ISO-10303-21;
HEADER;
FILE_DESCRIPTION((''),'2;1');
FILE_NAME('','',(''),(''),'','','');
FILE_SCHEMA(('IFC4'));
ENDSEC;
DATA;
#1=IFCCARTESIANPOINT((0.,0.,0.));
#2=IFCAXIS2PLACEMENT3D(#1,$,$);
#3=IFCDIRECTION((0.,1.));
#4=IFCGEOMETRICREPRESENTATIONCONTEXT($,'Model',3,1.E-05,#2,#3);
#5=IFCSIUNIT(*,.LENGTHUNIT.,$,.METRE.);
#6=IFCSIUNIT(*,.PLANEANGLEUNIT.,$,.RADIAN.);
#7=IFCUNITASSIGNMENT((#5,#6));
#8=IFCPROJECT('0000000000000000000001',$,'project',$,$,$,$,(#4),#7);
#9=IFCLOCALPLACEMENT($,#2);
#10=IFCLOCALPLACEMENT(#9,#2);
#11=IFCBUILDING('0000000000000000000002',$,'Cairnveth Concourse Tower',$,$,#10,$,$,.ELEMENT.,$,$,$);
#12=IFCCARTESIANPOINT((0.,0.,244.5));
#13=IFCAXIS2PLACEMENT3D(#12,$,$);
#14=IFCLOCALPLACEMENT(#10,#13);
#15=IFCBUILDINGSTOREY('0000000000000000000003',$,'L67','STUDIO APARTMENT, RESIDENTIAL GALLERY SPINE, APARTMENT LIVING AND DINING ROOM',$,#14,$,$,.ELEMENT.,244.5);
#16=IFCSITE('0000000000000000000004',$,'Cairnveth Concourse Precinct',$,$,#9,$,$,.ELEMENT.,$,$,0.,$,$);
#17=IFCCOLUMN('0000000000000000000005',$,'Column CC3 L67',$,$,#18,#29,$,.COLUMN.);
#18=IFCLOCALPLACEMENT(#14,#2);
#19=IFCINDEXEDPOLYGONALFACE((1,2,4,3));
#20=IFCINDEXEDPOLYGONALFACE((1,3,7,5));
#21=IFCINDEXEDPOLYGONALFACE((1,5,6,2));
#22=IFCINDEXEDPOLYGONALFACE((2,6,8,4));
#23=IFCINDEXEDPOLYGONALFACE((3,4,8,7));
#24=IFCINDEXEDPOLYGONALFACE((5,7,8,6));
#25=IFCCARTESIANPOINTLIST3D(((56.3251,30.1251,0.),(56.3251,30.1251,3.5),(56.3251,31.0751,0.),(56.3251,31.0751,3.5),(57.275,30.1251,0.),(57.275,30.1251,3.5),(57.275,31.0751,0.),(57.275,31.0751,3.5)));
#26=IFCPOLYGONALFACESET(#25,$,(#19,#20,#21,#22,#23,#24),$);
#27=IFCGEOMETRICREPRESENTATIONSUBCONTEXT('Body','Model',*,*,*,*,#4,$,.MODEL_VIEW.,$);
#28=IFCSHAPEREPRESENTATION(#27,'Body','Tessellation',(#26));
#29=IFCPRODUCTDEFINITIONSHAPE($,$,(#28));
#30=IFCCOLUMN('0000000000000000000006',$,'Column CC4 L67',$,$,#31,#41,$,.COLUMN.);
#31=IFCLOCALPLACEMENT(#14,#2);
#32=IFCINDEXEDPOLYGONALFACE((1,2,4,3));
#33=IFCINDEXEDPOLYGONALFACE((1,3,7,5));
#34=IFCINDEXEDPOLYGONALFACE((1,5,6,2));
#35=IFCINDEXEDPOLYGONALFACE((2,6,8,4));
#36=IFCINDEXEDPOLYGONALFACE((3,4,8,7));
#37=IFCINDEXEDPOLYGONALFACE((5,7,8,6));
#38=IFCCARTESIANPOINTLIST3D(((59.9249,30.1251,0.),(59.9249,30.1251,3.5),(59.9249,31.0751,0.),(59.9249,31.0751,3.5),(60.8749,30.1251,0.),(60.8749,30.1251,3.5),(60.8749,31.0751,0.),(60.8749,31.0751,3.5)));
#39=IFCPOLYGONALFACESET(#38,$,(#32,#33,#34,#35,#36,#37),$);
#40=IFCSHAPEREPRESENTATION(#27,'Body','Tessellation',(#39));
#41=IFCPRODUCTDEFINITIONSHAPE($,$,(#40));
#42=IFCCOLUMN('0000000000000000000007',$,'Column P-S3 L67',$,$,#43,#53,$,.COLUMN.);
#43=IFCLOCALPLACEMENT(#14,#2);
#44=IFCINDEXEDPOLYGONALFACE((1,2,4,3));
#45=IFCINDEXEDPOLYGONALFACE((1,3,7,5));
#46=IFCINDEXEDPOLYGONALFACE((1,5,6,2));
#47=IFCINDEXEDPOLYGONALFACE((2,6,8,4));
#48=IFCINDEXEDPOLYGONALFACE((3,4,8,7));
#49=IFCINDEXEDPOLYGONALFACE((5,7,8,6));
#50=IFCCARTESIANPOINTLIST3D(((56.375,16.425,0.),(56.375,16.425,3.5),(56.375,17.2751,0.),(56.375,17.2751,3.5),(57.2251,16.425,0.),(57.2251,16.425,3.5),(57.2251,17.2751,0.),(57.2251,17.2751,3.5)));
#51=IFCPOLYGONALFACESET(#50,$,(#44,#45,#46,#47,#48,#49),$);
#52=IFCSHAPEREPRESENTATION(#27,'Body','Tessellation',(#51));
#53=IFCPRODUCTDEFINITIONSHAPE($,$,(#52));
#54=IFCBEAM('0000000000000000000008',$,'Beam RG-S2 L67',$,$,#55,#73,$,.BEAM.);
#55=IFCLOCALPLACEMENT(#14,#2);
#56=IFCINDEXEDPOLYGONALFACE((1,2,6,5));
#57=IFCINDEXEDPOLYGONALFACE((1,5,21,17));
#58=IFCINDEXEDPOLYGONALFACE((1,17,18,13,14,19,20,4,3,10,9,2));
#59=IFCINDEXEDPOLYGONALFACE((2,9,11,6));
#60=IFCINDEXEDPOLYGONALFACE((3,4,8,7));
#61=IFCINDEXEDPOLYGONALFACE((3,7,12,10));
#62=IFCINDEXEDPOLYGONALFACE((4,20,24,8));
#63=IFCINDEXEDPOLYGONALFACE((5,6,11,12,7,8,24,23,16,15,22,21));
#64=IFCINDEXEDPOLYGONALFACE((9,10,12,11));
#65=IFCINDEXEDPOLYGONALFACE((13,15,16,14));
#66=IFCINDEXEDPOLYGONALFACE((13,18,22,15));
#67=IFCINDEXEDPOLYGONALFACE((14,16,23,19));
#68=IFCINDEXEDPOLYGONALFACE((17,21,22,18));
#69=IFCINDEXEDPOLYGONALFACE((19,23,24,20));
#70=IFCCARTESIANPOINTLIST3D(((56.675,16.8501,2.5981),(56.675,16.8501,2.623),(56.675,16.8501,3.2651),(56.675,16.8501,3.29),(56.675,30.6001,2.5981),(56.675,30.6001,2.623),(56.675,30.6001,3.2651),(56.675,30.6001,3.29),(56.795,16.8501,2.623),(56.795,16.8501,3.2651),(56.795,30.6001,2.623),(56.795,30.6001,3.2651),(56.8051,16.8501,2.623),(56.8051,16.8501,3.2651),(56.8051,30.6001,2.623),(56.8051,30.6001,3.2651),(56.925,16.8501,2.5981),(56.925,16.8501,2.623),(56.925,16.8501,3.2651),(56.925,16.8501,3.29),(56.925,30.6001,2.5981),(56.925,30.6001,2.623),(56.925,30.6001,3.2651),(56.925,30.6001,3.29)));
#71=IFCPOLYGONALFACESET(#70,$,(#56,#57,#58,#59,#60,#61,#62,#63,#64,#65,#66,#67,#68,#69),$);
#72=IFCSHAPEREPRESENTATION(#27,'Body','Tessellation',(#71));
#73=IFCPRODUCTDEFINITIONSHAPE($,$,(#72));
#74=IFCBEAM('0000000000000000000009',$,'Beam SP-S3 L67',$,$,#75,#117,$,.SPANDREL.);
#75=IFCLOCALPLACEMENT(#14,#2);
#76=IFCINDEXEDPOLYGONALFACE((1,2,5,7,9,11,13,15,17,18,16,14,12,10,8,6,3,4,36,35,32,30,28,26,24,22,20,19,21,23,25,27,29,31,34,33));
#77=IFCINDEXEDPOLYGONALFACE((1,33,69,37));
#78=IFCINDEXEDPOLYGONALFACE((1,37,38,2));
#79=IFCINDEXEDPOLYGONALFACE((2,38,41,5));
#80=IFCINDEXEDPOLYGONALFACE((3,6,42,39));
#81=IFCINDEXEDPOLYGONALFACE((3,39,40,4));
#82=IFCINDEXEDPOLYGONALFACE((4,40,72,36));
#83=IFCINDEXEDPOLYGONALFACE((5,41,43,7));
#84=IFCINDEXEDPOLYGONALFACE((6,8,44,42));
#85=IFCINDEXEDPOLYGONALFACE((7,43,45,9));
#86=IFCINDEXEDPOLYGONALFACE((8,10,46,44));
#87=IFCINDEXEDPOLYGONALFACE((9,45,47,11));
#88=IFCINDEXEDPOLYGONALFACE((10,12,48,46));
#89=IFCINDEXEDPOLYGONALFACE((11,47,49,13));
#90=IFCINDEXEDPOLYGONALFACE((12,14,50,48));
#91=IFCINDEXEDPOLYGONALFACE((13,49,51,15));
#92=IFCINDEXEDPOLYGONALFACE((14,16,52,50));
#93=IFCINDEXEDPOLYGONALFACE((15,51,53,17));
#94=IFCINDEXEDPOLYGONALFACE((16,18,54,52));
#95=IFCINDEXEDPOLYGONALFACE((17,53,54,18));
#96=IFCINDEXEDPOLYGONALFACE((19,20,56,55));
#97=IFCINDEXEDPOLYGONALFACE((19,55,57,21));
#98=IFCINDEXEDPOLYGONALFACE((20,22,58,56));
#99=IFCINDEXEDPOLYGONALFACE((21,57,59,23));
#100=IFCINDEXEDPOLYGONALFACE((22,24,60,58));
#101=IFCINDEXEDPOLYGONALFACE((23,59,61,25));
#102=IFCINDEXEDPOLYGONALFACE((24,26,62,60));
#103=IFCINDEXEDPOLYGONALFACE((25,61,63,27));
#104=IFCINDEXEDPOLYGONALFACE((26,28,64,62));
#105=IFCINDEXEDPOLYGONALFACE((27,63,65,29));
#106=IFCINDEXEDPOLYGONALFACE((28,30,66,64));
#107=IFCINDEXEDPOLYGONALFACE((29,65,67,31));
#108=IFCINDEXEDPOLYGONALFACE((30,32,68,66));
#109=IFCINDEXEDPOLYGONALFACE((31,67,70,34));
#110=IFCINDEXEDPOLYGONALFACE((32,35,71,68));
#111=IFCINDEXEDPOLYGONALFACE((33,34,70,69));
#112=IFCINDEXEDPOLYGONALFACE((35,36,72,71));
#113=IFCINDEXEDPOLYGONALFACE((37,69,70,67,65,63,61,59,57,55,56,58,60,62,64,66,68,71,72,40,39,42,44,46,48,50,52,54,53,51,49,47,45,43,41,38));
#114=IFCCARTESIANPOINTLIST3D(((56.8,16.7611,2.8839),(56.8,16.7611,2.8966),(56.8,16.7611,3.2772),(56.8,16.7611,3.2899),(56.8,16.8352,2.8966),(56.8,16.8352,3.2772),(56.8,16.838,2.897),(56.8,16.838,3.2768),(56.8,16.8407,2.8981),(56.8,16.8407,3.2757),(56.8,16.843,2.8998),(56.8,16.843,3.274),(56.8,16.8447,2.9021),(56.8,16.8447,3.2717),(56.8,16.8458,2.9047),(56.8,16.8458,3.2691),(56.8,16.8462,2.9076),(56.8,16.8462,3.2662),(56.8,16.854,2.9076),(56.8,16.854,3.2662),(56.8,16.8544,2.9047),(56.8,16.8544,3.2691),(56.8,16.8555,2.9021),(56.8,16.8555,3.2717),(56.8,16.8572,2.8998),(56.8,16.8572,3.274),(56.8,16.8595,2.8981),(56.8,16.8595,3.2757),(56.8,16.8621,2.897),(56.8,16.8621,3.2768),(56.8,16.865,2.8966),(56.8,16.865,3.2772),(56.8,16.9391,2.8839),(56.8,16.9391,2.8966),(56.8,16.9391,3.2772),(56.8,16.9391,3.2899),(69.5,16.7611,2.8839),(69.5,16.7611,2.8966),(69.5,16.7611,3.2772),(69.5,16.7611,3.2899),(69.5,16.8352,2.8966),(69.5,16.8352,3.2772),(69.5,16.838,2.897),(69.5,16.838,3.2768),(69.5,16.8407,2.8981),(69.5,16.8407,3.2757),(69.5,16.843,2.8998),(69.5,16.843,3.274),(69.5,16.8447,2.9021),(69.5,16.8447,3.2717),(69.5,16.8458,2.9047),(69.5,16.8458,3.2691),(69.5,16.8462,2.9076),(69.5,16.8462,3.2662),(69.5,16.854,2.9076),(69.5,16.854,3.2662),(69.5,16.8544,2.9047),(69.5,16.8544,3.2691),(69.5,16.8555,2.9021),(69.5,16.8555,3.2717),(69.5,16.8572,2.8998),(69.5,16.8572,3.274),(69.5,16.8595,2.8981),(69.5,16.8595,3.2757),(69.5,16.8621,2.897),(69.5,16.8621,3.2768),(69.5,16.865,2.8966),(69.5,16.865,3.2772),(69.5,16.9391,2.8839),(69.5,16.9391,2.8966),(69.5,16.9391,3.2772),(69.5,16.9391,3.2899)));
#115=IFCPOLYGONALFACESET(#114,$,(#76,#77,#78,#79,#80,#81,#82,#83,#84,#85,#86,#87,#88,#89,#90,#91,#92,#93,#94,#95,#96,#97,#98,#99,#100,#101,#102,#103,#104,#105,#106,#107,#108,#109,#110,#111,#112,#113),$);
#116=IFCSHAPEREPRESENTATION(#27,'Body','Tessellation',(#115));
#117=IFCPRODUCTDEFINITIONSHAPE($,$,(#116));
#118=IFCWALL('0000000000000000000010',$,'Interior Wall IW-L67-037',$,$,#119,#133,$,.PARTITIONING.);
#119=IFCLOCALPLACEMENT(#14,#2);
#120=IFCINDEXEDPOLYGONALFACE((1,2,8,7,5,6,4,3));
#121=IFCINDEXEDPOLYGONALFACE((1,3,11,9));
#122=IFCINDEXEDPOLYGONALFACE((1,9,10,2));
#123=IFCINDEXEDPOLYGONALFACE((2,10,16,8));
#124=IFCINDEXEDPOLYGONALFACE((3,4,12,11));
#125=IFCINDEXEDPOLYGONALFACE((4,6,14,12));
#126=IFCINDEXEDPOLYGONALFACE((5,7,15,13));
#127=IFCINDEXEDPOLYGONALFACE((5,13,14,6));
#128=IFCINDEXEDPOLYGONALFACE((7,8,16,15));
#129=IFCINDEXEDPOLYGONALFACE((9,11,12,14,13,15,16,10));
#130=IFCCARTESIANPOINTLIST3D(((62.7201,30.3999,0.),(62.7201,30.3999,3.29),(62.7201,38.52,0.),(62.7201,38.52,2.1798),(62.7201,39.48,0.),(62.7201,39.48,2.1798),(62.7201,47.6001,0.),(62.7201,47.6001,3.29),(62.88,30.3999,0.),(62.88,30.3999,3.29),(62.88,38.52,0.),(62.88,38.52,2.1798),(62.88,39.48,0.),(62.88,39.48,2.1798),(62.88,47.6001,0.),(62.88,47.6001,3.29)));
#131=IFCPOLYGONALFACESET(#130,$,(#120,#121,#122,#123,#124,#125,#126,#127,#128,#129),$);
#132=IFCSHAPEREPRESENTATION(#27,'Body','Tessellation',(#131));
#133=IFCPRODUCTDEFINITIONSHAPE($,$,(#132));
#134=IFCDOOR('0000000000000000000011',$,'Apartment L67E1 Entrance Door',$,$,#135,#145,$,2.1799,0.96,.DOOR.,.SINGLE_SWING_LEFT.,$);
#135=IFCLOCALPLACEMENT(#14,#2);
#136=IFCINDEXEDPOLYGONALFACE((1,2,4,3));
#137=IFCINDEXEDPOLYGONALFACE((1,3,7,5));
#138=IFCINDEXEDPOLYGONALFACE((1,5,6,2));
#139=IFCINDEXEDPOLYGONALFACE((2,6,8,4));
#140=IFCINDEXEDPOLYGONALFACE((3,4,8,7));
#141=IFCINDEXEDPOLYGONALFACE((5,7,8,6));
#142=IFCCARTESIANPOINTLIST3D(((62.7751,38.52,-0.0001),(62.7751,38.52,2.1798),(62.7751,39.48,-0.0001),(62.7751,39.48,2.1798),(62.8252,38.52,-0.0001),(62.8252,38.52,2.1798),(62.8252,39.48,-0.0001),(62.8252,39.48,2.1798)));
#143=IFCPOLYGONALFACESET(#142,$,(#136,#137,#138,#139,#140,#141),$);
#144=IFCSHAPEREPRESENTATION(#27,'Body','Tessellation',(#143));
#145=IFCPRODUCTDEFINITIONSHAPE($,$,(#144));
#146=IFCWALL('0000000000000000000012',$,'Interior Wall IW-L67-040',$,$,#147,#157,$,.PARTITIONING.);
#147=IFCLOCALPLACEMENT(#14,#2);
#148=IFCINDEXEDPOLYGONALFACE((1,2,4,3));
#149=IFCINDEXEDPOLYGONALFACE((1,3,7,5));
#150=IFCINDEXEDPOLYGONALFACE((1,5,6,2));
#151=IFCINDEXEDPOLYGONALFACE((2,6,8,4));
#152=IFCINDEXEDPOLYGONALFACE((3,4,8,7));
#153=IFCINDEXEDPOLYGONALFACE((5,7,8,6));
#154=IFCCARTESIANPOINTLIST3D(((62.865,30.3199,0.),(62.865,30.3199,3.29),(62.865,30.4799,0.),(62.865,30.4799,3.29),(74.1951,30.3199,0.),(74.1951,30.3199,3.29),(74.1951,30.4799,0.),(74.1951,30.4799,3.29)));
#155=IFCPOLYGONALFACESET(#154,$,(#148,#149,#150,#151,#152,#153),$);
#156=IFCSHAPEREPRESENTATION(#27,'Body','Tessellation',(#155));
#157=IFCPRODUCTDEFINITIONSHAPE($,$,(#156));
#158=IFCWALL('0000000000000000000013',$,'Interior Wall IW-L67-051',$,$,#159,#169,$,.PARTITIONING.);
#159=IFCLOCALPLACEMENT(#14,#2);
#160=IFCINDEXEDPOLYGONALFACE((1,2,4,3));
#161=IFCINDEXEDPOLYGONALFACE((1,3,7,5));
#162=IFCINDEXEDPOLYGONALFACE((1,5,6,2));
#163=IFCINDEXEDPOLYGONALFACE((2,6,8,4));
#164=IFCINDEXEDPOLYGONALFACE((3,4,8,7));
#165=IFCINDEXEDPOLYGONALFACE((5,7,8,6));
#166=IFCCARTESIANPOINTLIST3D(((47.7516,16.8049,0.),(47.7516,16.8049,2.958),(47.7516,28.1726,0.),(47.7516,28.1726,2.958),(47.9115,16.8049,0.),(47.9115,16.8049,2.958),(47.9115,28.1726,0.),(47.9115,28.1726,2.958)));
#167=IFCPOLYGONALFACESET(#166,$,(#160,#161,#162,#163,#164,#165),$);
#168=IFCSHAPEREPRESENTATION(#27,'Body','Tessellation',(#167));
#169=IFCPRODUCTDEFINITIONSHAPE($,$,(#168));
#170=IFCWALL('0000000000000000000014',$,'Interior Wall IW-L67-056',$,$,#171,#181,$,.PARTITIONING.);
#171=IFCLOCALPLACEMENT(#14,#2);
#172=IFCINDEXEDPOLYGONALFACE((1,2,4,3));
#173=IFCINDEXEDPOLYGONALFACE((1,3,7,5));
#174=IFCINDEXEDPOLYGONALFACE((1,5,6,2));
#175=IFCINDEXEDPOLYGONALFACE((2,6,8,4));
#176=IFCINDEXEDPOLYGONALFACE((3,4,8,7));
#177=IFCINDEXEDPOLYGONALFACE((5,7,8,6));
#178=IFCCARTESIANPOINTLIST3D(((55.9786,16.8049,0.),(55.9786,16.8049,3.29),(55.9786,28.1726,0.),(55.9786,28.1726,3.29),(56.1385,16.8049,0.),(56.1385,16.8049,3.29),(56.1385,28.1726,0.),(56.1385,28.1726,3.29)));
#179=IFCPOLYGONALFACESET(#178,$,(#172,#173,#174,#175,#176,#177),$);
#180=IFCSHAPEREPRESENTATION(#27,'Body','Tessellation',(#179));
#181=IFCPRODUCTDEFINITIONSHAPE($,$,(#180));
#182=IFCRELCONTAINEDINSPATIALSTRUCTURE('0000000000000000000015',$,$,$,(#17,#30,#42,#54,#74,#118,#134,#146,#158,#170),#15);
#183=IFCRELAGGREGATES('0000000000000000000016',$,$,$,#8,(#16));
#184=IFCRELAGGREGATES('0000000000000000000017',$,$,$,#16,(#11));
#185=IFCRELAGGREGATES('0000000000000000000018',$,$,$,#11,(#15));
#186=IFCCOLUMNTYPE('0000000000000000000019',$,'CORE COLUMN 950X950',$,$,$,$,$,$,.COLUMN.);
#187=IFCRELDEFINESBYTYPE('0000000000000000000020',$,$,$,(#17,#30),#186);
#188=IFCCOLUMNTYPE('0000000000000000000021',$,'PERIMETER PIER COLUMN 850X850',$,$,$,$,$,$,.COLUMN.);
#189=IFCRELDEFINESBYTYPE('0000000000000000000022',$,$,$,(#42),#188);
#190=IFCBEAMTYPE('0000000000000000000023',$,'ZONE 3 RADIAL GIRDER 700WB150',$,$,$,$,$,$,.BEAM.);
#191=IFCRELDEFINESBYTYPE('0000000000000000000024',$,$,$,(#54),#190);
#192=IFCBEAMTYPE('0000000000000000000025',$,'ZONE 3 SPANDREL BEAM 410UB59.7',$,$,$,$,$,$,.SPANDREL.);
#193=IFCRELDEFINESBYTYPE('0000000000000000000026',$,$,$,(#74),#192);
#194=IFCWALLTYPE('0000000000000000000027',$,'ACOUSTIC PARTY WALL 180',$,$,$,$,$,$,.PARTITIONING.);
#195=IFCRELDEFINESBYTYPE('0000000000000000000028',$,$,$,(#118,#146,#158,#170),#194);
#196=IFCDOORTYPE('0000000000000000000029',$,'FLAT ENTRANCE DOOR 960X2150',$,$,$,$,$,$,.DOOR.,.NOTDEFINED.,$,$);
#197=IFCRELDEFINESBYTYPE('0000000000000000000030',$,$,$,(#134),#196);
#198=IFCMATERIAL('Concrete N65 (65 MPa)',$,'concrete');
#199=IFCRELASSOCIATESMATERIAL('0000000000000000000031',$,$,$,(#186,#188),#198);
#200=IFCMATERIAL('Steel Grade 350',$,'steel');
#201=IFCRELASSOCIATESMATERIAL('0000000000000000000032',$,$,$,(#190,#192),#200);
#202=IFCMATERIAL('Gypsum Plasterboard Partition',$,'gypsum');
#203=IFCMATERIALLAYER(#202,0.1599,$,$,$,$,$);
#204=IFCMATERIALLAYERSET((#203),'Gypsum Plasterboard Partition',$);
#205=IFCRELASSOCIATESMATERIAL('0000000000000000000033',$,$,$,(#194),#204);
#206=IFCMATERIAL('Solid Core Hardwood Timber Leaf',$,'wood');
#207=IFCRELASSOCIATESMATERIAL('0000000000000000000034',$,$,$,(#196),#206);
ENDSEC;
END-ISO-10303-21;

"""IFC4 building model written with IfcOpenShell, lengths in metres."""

from ifc_helpers import new_model, si_unit, direction, frame, frame_2d, origin, origin_2d, place, context, subcontext, project, spatial, rectangle, i_section, extrude, material, layer, layer_set, material_profile, profile_set, type_object, element, fill, save


model = new_model("IFC4")

# Units and contexts
model_context = context("Model", 3, precision=1e-05, world=origin(), true_north=direction((0.0, 1.0)))
body_context = subcontext(model_context, "Body", "Model", "MODEL_VIEW")
ifc_project = project(units=[si_unit("LENGTHUNIT", "METRE"), si_unit("PLANEANGLEUNIT", "RADIAN")], contexts=[model_context])

# Site, building, storey
site_placement = place(None, origin())
site = spatial("IfcSite", under=ifc_project, at=site_placement, Name="Cairnveth Concourse Precinct", CompositionType="ELEMENT", RefElevation=0.0)
building_placement = place(site_placement, origin())
building = spatial("IfcBuilding", under=site, at=building_placement, Name="Cairnveth Concourse Tower", CompositionType="ELEMENT")
storey_placement = place(building_placement, frame((0.0, 0.0, 244.5)))
storey = spatial("IfcBuildingStorey", under=building, at=storey_placement, Name="L67", Description="STUDIO APARTMENT, RESIDENTIAL GALLERY SPINE, APARTMENT LIVING AND DINING ROOM", CompositionType="ELEMENT", Elevation=244.5)

# Columns
ifc_material_1 = material(Name="Concrete N65 (65 MPa)", Category="concrete")
ifc_material_profile_1 = material_profile(ifc_material_1, rectangle(XDim=0.95, YDim=0.95, at=origin_2d()), Name="RC-COL-950x950")
ifc_profile_set_1 = profile_set([ifc_material_profile_1], Name="Concrete N65 (65 MPa)")
column_type_1 = type_object("IfcColumnType", Name="CORE COLUMN 950X950", PredefinedType="COLUMN", material=ifc_profile_set_1)
for number, where, z_axis, x_axis, name in (
    (1, (56.8, 30.6001, 0.0), (0.0, 0.0, 1.0), (1.0, 0.0, 0.0), "Column CC3 L67"),
    (2, (60.3999, 30.6001, 0.0), (0.0, 0.0, 1.0), (1.0, 0.0, 0.0), "Column CC4 L67"),
):
    element("IfcColumn", number, at=place(storey_placement, frame(where, z_axis=z_axis, x_axis=x_axis)), inside=storey, type_object=column_type_1, Name=name, PredefinedType="COLUMN", context=body_context, shape_type="SweptSolid", body=[
        extrude(rectangle(XDim=0.95, YDim=0.95, at=origin_2d()), origin(), (0.0, 0.0, 1.0), 3.5),
    ])
ifc_material_profile_2 = material_profile(ifc_material_1, rectangle(XDim=0.8501, YDim=0.8501, at=origin_2d()), Name="RC-COL-850x850")
ifc_profile_set_2 = profile_set([ifc_material_profile_2], Name="Concrete N65 (65 MPa)")
column_type_2 = type_object("IfcColumnType", Name="PERIMETER PIER COLUMN 850X850", PredefinedType="COLUMN", material=ifc_profile_set_2)
column_placement = place(storey_placement, frame((56.8, 16.8501, 0.0), z_axis=(0.0, 0.0, 1.0), x_axis=(1.0, 0.0, 0.0)))
element("IfcColumn", 3, at=column_placement, inside=storey, type_object=column_type_2, Name="Column P-S3 L67", PredefinedType="COLUMN", context=body_context, shape_type="SweptSolid", body=[
    extrude(rectangle(XDim=0.8501, YDim=0.8501, at=origin_2d()), origin(), (0.0, 0.0, 1.0), 3.5),
])

# Beams
ifc_material_2 = material(Name="Steel Grade 350", Category="steel")
ifc_material_profile_3 = material_profile(ifc_material_2, i_section(OverallWidth=0.25, OverallDepth=0.6919, WebThickness=0.01, FlangeThickness=0.0249, at=origin_2d()), Name="700WB150")
ifc_profile_set_3 = profile_set([ifc_material_profile_3], Name="Steel Grade 350")
beam_type_1 = type_object("IfcBeamType", Name="ZONE 3 RADIAL GIRDER 700WB150", PredefinedType="BEAM", material=ifc_profile_set_3)
beam_1_placement = place(storey_placement, frame((56.8, 16.8501, 2.9441), z_axis=(0.0, 1.0, 0.0), x_axis=(-1.0, 0.0, 0.0)))
element("IfcBeam", 4, at=beam_1_placement, inside=storey, type_object=beam_type_1, Name="Beam RG-S2 L67", PredefinedType="BEAM", context=body_context, shape_type="SweptSolid", body=[
    extrude(i_section(OverallWidth=0.25, OverallDepth=0.6919, WebThickness=0.01, FlangeThickness=0.0249, at=origin_2d()), origin(), (0.0, 0.0, 1.0), 13.75),
])
ifc_material_profile_4 = material_profile(ifc_material_2, i_section(OverallWidth=0.178, OverallDepth=0.406, WebThickness=0.0078, FlangeThickness=0.0127, FilletRadius=0.011, at=origin_2d()), Name="410UB59.7")
ifc_profile_set_4 = profile_set([ifc_material_profile_4], Name="Steel Grade 350")
beam_type_2 = type_object("IfcBeamType", Name="ZONE 3 SPANDREL BEAM 410UB59.7", PredefinedType="SPANDREL", material=ifc_profile_set_4)
beam_2_placement = place(storey_placement, frame((56.8, 16.8501, 3.0869), z_axis=(1.0, 0.0, 0.0), x_axis=(0.0, 1.0, 0.0)))
element("IfcBeam", 5, at=beam_2_placement, inside=storey, type_object=beam_type_2, Name="Beam SP-S3 L67", PredefinedType="SPANDREL", context=body_context, shape_type="SweptSolid", body=[
    extrude(i_section(OverallWidth=0.178, OverallDepth=0.406, WebThickness=0.0078, FlangeThickness=0.0127, FilletRadius=0.011, at=origin_2d()), origin(), (0.0, 0.0, 1.0), 12.7),
])

# Wall, opening, door
ifc_material_3 = material(Name="Gypsum Plasterboard Partition", Category="gypsum")
ifc_layer_1 = layer(ifc_material_3, 0.1599)
ifc_layer_set_1 = layer_set([ifc_layer_1], Name="Gypsum Plasterboard Partition")
wall_type_1 = type_object("IfcWallType", Name="ACOUSTIC PARTY WALL 180", PredefinedType="PARTITIONING", material=ifc_layer_set_1)
wall_1_placement = place(storey_placement, frame((62.8, 30.3999, 0.0), z_axis=(0.0, 0.0, 1.0), x_axis=(0.0, 1.0, 0.0)))
wall_1 = element("IfcWall", 6, at=wall_1_placement, inside=storey, type_object=wall_type_1, Name="Interior Wall IW-L67-037", PredefinedType="PARTITIONING", context=body_context, shape_type="SweptSolid", body=[
    extrude(rectangle(XDim=17.2002, YDim=0.1599, at=frame_2d((8.6001, 0.0))), origin(), (0.0, 0.0, 1.0), 3.29),
])
opening_1_placement = place(wall_1_placement, frame((8.1201, 0.0, 0.0)))
opening_1 = element("IfcOpeningElement", 7, at=opening_1_placement, cuts=wall_1, PredefinedType="OPENING", context=body_context, shape_type="SweptSolid", body=[
    extrude(rectangle(XDim=0.96, YDim=2.1799, at=frame_2d((0.48, 1.0898))), frame((0.0, 0.0898, 0.0), z_axis=(0.0, -1.0, 0.0), x_axis=(1.0, 0.0, 0.0)), (0.0, 0.0, 1.0), 0.1799),
])
ifc_material_4 = material(Name="Solid Core Hardwood Timber Leaf", Category="wood")
door_type_1 = type_object("IfcDoorType", Name="FLAT ENTRANCE DOOR 960X2150", OperationType="NOTDEFINED", PredefinedType="DOOR", material=ifc_material_4)
door_1_placement = place(opening_1_placement, origin())
door_1 = element("IfcDoor", 8, at=door_1_placement, inside=storey, type_object=door_type_1, Name="Apartment L67E1 Entrance Door", OperationType="SINGLE_SWING_LEFT", OverallHeight=2.1799, OverallWidth=0.96, PredefinedType="DOOR", context=body_context, shape_type="SweptSolid", body=[
    extrude(rectangle(XDim=0.96, YDim=2.1799, at=frame_2d((0.48, 1.0898))), frame((0.0, 0.0249, 0.0), z_axis=(0.0, -1.0, 0.0), x_axis=(1.0, 0.0, 0.0)), (0.0, 0.0, 1.0), 0.05),
])
fill(opening_1, door_1)

# Walls
wall_2_placement = place(storey_placement, frame((62.865, 30.3999, 0.0), z_axis=(0.0, 0.0, 1.0), x_axis=(1.0, 0.0, 0.0)))
element("IfcWall", 9, at=wall_2_placement, inside=storey, type_object=wall_type_1, Name="Interior Wall IW-L67-040", PredefinedType="PARTITIONING", context=body_context, shape_type="SweptSolid", body=[
    extrude(rectangle(XDim=11.3301, YDim=0.1599, at=frame_2d((5.665, 0.0))), origin(), (0.0, 0.0, 1.0), 3.29),
])
wall_3_placement = place(storey_placement, frame((47.8315, 16.8049, 0.0), z_axis=(0.0, 0.0, 1.0), x_axis=(0.0, 1.0, 0.0)))
element("IfcWall", 10, at=wall_3_placement, inside=storey, type_object=wall_type_1, Name="Interior Wall IW-L67-051", PredefinedType="PARTITIONING", context=body_context, shape_type="SweptSolid", body=[
    extrude(rectangle(XDim=11.3677, YDim=0.1599, at=frame_2d((5.6838, 0.0))), origin(), (0.0, 0.0, 1.0), 2.958),
])
wall_4_placement = place(storey_placement, frame((56.0586, 16.8049, 0.0), z_axis=(0.0, 0.0, 1.0), x_axis=(0.0, 1.0, 0.0)))
element("IfcWall", 11, at=wall_4_placement, inside=storey, type_object=wall_type_1, Name="Interior Wall IW-L67-056", PredefinedType="PARTITIONING", context=body_context, shape_type="SweptSolid", body=[
    extrude(rectangle(XDim=11.3677, YDim=0.1599, at=frame_2d((5.6838, 0.0))), origin(), (0.0, 0.0, 1.0), 3.29),
])

save(model, "model.ifc")
